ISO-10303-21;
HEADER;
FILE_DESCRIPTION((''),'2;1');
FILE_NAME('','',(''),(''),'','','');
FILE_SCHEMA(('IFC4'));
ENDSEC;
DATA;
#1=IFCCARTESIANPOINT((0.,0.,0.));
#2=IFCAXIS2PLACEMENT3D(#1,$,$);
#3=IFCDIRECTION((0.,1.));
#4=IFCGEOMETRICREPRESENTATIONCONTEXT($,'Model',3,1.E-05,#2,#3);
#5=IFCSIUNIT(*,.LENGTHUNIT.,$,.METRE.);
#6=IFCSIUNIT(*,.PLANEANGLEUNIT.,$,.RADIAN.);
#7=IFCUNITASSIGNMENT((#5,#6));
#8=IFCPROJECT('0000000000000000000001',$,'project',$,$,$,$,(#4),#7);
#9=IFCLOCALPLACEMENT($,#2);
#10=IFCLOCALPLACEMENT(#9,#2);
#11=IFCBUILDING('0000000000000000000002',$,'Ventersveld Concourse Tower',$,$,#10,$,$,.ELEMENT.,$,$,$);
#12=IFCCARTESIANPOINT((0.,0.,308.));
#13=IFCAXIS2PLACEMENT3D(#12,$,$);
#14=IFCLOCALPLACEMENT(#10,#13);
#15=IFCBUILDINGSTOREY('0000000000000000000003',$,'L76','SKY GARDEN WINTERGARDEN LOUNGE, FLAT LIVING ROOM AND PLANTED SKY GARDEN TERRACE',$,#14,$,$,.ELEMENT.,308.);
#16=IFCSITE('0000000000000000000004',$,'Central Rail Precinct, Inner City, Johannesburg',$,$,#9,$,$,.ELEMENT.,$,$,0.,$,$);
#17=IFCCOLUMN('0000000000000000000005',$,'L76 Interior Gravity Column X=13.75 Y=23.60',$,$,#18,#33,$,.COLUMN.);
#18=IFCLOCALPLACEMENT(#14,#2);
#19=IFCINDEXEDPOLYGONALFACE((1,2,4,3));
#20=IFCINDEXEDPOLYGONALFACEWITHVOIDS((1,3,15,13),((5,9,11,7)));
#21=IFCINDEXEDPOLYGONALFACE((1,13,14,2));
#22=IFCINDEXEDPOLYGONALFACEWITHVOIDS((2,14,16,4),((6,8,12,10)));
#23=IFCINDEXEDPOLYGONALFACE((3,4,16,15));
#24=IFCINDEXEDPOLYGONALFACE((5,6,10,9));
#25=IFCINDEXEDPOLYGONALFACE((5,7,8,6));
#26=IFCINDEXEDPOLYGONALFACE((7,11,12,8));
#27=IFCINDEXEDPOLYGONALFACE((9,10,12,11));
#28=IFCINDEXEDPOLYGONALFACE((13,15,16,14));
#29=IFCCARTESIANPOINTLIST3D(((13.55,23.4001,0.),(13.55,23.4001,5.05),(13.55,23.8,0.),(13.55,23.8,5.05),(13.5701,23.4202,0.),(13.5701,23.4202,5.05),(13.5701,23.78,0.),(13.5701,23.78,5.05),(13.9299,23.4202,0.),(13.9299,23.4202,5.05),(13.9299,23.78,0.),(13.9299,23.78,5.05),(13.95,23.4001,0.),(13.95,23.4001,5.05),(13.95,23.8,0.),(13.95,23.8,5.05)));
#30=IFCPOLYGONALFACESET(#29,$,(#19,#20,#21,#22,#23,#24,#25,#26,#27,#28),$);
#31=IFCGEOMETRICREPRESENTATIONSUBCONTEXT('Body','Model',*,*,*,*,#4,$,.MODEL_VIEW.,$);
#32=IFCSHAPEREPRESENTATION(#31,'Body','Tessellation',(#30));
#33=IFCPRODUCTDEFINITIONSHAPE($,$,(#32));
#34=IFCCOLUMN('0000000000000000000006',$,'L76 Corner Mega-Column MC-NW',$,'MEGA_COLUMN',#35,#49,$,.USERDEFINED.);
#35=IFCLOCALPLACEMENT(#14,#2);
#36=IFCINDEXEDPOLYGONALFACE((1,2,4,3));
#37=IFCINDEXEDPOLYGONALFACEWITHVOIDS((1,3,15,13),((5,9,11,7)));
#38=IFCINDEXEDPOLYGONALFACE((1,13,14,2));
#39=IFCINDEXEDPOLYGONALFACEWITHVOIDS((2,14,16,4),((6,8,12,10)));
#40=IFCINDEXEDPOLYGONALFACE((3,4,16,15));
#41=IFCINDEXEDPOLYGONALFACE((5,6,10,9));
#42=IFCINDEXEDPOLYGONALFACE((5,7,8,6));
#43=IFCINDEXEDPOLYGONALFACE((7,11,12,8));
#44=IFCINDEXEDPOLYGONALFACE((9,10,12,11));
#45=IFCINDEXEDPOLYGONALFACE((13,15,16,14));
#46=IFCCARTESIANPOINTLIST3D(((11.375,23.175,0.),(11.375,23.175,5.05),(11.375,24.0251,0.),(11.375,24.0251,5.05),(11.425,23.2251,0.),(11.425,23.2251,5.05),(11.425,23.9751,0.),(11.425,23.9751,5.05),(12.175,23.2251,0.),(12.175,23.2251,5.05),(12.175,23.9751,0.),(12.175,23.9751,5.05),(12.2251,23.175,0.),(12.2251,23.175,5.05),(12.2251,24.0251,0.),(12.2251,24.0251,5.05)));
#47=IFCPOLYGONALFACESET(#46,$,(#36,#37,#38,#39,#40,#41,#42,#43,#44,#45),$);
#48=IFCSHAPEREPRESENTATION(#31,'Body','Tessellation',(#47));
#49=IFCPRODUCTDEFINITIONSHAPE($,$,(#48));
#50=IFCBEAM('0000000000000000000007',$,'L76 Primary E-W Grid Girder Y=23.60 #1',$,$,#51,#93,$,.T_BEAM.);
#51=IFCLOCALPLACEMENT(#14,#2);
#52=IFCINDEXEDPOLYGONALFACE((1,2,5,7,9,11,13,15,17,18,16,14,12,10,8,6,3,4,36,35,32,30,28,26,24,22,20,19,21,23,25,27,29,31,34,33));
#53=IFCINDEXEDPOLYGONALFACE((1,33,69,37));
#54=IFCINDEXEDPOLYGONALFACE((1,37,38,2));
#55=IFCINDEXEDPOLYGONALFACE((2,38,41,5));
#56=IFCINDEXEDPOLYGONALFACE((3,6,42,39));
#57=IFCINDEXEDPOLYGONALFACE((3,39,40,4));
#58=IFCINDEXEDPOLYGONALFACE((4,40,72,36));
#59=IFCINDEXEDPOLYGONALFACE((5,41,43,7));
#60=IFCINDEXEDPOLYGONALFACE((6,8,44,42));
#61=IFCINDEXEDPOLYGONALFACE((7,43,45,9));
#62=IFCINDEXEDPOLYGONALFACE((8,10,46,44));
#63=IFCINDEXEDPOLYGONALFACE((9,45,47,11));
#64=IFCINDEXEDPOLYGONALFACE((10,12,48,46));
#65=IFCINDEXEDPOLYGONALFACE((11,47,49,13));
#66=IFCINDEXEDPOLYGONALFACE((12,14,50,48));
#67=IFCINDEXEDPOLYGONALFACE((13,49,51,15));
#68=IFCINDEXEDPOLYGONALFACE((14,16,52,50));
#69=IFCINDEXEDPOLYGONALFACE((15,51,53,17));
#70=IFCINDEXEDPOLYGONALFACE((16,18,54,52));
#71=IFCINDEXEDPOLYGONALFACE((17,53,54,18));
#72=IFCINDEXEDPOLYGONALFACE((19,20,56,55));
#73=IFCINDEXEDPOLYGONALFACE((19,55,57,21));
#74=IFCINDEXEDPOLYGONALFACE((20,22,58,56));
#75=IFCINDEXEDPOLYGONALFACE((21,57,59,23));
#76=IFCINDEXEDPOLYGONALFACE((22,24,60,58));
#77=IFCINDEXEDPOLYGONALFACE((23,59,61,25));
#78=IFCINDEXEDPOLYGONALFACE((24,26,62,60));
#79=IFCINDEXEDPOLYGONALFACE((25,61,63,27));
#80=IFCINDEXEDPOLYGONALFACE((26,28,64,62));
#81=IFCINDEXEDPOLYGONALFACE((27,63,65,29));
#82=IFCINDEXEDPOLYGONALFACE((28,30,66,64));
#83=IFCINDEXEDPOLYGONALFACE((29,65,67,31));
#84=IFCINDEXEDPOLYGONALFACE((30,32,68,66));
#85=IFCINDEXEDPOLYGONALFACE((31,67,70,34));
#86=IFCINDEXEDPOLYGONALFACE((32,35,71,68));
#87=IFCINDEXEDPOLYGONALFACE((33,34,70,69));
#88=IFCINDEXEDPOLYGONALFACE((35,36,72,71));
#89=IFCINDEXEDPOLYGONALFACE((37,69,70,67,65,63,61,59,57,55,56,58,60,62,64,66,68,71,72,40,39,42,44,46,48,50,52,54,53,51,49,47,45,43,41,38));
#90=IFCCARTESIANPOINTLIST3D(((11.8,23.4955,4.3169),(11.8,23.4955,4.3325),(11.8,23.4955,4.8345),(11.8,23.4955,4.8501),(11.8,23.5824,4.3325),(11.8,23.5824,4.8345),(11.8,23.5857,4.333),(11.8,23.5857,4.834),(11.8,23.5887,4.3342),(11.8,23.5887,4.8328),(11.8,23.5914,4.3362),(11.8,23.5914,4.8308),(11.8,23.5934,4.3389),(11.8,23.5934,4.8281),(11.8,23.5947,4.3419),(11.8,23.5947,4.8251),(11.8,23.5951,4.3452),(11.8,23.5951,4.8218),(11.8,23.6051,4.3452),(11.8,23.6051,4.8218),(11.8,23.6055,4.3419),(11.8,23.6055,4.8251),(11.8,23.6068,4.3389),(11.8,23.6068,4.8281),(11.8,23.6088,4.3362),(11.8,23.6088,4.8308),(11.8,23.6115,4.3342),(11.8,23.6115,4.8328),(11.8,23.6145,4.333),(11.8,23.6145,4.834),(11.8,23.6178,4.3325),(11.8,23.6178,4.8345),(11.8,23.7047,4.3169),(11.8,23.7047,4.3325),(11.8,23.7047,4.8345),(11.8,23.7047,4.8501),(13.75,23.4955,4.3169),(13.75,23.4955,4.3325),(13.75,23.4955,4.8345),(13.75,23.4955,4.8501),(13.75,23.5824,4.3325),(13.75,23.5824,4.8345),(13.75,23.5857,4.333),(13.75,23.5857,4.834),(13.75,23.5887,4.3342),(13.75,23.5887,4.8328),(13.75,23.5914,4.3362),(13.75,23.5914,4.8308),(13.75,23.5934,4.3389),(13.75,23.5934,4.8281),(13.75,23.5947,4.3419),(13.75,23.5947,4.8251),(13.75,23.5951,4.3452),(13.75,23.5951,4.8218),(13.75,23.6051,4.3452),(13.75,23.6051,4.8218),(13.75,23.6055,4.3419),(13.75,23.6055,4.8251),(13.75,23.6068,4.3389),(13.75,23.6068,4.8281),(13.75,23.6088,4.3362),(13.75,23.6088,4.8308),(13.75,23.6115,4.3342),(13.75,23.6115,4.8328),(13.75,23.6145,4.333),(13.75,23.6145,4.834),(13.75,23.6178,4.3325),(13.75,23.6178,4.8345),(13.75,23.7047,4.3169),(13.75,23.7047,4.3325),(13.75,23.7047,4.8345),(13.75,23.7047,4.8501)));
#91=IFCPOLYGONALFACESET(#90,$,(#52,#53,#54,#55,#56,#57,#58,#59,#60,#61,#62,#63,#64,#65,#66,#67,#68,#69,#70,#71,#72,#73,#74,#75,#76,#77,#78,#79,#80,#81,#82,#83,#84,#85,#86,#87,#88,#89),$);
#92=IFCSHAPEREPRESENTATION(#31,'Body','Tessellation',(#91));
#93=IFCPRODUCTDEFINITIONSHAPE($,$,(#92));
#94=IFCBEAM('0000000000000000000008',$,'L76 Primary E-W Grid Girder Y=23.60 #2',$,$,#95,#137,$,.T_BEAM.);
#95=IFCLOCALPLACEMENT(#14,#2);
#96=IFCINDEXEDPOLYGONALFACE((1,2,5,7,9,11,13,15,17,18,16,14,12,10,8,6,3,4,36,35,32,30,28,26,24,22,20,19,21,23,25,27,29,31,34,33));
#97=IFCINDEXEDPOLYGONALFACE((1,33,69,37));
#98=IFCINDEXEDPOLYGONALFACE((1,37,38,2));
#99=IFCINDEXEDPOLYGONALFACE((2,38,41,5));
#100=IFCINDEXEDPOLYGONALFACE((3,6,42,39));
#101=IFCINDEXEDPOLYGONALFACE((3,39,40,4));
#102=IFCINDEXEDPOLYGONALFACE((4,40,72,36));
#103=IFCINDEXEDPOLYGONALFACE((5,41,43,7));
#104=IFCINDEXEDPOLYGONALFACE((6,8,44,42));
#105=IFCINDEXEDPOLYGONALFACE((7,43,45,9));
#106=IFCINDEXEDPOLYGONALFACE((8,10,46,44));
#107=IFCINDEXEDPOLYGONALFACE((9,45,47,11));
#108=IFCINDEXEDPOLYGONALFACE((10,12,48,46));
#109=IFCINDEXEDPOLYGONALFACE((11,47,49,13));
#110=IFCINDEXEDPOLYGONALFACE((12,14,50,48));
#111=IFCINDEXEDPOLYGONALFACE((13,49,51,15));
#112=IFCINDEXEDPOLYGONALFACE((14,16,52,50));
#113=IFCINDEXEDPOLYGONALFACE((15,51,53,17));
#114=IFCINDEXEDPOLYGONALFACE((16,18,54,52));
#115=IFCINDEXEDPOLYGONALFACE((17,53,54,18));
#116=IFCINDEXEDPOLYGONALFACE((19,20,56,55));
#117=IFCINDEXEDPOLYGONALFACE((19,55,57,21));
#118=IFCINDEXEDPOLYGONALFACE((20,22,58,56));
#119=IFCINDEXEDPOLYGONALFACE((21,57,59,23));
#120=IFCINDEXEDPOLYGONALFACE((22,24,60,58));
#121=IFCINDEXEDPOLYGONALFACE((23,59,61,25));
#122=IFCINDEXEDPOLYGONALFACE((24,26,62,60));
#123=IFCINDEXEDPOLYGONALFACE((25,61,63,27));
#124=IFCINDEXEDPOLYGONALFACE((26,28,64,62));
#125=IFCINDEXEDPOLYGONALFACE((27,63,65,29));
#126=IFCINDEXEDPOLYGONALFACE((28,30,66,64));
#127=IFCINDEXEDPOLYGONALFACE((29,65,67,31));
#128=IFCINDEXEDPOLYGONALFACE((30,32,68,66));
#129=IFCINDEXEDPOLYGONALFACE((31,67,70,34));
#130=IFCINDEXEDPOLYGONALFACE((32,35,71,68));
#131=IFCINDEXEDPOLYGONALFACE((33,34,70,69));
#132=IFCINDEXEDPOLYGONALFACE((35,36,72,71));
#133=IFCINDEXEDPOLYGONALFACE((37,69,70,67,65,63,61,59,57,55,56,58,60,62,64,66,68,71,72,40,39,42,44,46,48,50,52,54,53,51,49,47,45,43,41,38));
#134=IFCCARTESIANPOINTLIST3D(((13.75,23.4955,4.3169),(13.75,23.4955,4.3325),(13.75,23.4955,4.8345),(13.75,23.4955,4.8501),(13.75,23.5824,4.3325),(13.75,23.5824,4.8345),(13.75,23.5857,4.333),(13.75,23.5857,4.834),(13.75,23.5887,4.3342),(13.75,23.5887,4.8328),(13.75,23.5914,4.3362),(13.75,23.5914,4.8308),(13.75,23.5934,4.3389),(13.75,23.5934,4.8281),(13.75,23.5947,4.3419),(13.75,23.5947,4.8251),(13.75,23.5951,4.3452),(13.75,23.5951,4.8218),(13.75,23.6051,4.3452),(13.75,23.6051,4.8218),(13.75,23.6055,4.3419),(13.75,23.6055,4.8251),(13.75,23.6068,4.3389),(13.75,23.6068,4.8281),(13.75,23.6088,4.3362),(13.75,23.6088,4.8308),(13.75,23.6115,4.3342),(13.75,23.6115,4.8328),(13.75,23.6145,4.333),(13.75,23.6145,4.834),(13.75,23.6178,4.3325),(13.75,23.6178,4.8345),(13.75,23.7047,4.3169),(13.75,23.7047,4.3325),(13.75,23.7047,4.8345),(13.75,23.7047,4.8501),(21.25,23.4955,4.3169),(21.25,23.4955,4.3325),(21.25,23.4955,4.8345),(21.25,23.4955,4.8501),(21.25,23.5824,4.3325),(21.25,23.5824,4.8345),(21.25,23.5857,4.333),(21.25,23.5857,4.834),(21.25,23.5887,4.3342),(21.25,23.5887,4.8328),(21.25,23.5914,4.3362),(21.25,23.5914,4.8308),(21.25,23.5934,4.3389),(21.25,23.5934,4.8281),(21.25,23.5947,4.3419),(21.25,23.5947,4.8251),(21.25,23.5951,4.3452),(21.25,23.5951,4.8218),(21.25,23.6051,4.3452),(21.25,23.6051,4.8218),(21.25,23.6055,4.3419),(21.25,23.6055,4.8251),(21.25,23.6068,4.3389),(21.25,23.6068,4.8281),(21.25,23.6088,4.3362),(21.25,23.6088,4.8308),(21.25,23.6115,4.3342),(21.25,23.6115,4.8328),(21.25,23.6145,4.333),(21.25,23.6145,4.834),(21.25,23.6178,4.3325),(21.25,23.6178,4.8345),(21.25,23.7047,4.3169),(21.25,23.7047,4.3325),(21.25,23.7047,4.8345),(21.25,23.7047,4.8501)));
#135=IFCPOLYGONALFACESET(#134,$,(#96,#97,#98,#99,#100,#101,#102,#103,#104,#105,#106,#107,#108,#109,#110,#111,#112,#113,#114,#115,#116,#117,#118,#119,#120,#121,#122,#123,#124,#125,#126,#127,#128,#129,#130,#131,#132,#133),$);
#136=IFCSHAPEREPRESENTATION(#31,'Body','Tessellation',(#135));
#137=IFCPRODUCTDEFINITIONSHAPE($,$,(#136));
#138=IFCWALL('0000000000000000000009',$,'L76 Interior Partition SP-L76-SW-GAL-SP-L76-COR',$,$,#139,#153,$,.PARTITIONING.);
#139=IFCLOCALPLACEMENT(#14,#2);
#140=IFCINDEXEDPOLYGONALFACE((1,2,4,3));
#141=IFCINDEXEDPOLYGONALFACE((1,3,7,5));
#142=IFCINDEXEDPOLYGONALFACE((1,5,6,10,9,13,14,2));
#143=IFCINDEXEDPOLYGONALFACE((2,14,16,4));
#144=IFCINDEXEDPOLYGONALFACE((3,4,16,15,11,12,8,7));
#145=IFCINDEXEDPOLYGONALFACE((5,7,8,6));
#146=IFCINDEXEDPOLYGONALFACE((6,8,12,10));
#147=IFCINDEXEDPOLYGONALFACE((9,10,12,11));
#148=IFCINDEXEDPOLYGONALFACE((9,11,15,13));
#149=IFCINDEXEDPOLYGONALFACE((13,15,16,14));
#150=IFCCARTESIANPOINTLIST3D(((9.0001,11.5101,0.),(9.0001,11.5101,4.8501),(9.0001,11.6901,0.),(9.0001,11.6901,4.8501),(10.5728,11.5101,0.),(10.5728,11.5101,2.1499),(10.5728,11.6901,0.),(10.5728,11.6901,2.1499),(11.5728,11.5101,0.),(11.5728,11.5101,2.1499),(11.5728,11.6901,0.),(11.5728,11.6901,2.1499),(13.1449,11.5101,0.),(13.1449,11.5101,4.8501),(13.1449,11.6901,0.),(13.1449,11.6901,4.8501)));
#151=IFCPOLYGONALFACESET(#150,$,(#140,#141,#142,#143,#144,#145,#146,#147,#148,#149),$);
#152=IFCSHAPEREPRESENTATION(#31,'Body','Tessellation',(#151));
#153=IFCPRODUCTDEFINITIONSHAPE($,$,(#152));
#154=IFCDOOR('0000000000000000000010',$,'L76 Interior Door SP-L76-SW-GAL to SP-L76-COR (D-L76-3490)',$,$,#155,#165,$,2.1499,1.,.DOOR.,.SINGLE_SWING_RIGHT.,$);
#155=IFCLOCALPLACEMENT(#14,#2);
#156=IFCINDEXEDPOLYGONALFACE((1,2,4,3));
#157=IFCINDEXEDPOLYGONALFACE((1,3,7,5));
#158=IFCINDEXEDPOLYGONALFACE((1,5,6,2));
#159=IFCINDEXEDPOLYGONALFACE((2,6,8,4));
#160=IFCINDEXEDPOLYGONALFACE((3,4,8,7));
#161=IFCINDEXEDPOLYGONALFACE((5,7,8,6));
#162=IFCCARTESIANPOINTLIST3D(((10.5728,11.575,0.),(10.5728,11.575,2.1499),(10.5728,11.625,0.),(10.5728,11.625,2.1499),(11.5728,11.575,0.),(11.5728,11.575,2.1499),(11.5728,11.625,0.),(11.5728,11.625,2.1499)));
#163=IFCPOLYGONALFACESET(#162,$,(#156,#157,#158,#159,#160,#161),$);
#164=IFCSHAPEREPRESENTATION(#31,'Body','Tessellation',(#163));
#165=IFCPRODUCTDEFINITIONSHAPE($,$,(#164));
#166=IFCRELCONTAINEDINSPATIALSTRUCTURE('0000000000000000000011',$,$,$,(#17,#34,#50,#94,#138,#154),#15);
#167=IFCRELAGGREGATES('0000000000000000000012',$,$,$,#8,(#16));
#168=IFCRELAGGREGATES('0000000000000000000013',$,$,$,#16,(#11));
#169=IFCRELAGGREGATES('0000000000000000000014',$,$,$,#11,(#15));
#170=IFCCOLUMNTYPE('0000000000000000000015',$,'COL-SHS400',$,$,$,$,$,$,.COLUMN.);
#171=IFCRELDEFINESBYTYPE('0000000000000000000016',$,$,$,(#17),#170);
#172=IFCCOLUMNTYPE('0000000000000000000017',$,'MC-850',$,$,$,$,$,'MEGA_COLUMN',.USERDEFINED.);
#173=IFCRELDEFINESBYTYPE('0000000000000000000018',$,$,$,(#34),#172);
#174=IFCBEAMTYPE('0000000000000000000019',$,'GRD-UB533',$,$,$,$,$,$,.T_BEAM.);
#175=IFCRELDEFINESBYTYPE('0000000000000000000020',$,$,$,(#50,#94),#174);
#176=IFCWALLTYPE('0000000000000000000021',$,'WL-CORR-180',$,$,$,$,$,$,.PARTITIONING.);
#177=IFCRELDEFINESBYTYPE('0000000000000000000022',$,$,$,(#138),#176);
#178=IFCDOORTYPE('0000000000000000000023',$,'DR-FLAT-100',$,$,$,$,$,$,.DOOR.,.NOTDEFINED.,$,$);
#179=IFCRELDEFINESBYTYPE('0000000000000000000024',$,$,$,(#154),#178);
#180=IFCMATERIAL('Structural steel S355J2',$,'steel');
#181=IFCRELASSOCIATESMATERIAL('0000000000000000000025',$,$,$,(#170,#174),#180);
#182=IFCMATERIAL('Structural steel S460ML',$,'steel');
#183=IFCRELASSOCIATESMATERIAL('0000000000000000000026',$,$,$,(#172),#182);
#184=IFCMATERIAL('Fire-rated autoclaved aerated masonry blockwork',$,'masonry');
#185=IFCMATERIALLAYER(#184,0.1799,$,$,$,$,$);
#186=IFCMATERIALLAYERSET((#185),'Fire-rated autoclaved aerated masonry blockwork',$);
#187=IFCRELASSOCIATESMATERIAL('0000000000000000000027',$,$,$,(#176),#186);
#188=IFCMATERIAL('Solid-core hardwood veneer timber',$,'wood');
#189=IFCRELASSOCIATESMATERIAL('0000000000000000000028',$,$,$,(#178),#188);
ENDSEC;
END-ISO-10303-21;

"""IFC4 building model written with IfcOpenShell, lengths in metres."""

from ifc_helpers import new_model, si_unit, direction, frame, frame_2d, origin, origin_2d, place, context, subcontext, project, spatial, rectangle, hollow_rectangle, i_section, extrude, material, layer, layer_set, material_profile, profile_set, type_object, element, fill, save


model = new_model("IFC4")

# Units and contexts
model_context = context("Model", 3, precision=1e-05, world=origin(), true_north=direction((0.0, 1.0)))
body_context = subcontext(model_context, "Body", "Model", "MODEL_VIEW")
ifc_project = project(units=[si_unit("LENGTHUNIT", "METRE"), si_unit("PLANEANGLEUNIT", "RADIAN")], contexts=[model_context])

# Site, building, storey
site_placement = place(None, origin())
site = spatial("IfcSite", under=ifc_project, at=site_placement, Name="Central Rail Precinct, Inner City, Johannesburg", CompositionType="ELEMENT", RefElevation=0.0)
building_placement = place(site_placement, origin())
building = spatial("IfcBuilding", under=site, at=building_placement, Name="Ventersveld Concourse Tower", CompositionType="ELEMENT")
storey_placement = place(building_placement, frame((0.0, 0.0, 308.0)))
storey = spatial("IfcBuildingStorey", under=building, at=storey_placement, Name="L76", Description="SKY GARDEN WINTERGARDEN LOUNGE, FLAT LIVING ROOM AND PLANTED SKY GARDEN TERRACE", CompositionType="ELEMENT", Elevation=308.0)

# Columns
ifc_material_1 = material(Name="Structural steel S355J2", Category="steel")
ifc_material_profile_1 = material_profile(ifc_material_1, hollow_rectangle(XDim=0.3999, YDim=0.3999, WallThickness=0.02, at=origin_2d()), Name="SHS 400x400x20")
ifc_profile_set_1 = profile_set([ifc_material_profile_1], Name="Structural steel S355J2")
column_type_1 = type_object("IfcColumnType", Name="COL-SHS400", PredefinedType="COLUMN", material=ifc_profile_set_1)
column_1_placement = place(storey_placement, frame((13.75, 23.6001, 0.0), z_axis=(0.0, 0.0, 1.0), x_axis=(1.0, 0.0, 0.0)))
element("IfcColumn", 1, at=column_1_placement, inside=storey, type_object=column_type_1, Name="L76 Interior Gravity Column X=13.75 Y=23.60", PredefinedType="COLUMN", context=body_context, shape_type="SweptSolid", body=[
    extrude(hollow_rectangle(XDim=0.3999, YDim=0.3999, WallThickness=0.02, at=origin_2d()), origin(), (0.0, 0.0, 1.0), 5.05),
])
ifc_material_2 = material(Name="Structural steel S460ML", Category="steel")
ifc_material_profile_2 = material_profile(ifc_material_2, hollow_rectangle(XDim=0.8501, YDim=0.8501, WallThickness=0.05, at=origin_2d()), Name="BOX 850x850x50")
ifc_profile_set_2 = profile_set([ifc_material_profile_2], Name="Structural steel S460ML")
column_type_2 = type_object("IfcColumnType", Name="MC-850", ElementType="MEGA_COLUMN", PredefinedType="USERDEFINED", material=ifc_profile_set_2)
column_2_placement = place(storey_placement, frame((11.8, 23.6001, 0.0), z_axis=(0.0, 0.0, 1.0), x_axis=(1.0, 0.0, 0.0)))
element("IfcColumn", 2, at=column_2_placement, inside=storey, type_object=column_type_2, Name="L76 Corner Mega-Column MC-NW", ObjectType="MEGA_COLUMN", PredefinedType="USERDEFINED", context=body_context, shape_type="SweptSolid", body=[
    extrude(hollow_rectangle(XDim=0.8501, YDim=0.8501, WallThickness=0.05, at=origin_2d()), origin(), (0.0, 0.0, 1.0), 5.05),
])

# Beams
ifc_material_profile_3 = material_profile(ifc_material_1, i_section(OverallWidth=0.2092, OverallDepth=0.5332, WebThickness=0.01, FlangeThickness=0.0156, FilletRadius=0.0127, at=origin_2d()), Name="UB 533x210x92")
ifc_profile_set_3 = profile_set([ifc_material_profile_3], Name="Structural steel S355J2")
beam_type = type_object("IfcBeamType", Name="GRD-UB533", PredefinedType="T_BEAM", material=ifc_profile_set_3)
beam_1_placement = place(storey_placement, frame((11.8, 23.6001, 4.5835), z_axis=(1.0, 0.0, 0.0), x_axis=(0.0, 1.0, 0.0)))
element("IfcBeam", 3, at=beam_1_placement, inside=storey, type_object=beam_type, Name="L76 Primary E-W Grid Girder Y=23.60 #1", PredefinedType="T_BEAM", context=body_context, shape_type="SweptSolid", body=[
    extrude(i_section(OverallWidth=0.2092, OverallDepth=0.5332, WebThickness=0.01, FlangeThickness=0.0156, FilletRadius=0.0127, at=origin_2d()), origin(), (0.0, 0.0, 1.0), 1.95),
])
beam_2_placement = place(storey_placement, frame((13.75, 23.6001, 4.5835), z_axis=(1.0, 0.0, 0.0), x_axis=(0.0, 1.0, 0.0)))
element("IfcBeam", 4, at=beam_2_placement, inside=storey, type_object=beam_type, Name="L76 Primary E-W Grid Girder Y=23.60 #2", PredefinedType="T_BEAM", context=body_context, shape_type="SweptSolid", body=[
    extrude(i_section(OverallWidth=0.2092, OverallDepth=0.5332, WebThickness=0.01, FlangeThickness=0.0156, FilletRadius=0.0127, at=origin_2d()), origin(), (0.0, 0.0, 1.0), 7.5),
])

# Wall, opening, door
ifc_material_3 = material(Name="Fire-rated autoclaved aerated masonry blockwork", Category="masonry")
ifc_layer_1 = layer(ifc_material_3, 0.1799)
ifc_layer_set_1 = layer_set([ifc_layer_1], Name="Fire-rated autoclaved aerated masonry blockwork")
wall_type_1 = type_object("IfcWallType", Name="WL-CORR-180", PredefinedType="PARTITIONING", material=ifc_layer_set_1)
wall_1_placement = place(storey_placement, frame((9.0002, 11.6001, 0.0), z_axis=(0.0, 0.0, 1.0), x_axis=(1.0, 0.0, 0.0)))
wall_1 = element("IfcWall", 5, at=wall_1_placement, inside=storey, type_object=wall_type_1, Name="L76 Interior Partition SP-L76-SW-GAL-SP-L76-COR", PredefinedType="PARTITIONING", context=body_context, shape_type="SweptSolid", body=[
    extrude(rectangle(XDim=4.1448, YDim=0.1799, at=frame_2d((2.0723, 0.0))), origin(), (0.0, 0.0, 1.0), 4.8501),
])
opening_1_placement = place(wall_1_placement, frame((1.5725, 0.0, 0.0)))
opening_1 = element("IfcOpeningElement", 6, at=opening_1_placement, cuts=wall_1, PredefinedType="OPENING", context=body_context, shape_type="SweptSolid", body=[
    extrude(rectangle(XDim=1.0, YDim=2.1499, at=frame_2d((0.5, 1.075))), frame((0.0, 0.1001, 0.0), z_axis=(0.0, -1.0, 0.0), x_axis=(1.0, 0.0, 0.0)), (0.0, 0.0, 1.0), 0.2),
])
ifc_material_4 = material(Name="Solid-core hardwood veneer timber", Category="wood")
door_type_1 = type_object("IfcDoorType", Name="DR-FLAT-100", OperationType="NOTDEFINED", PredefinedType="DOOR", material=ifc_material_4)
door_1_placement = place(opening_1_placement, origin())
door_1 = element("IfcDoor", 7, at=door_1_placement, inside=storey, type_object=door_type_1, Name="L76 Interior Door SP-L76-SW-GAL to SP-L76-COR (D-L76-3490)", OperationType="SINGLE_SWING_RIGHT", OverallHeight=2.1499, OverallWidth=1.0, PredefinedType="DOOR", context=body_context, shape_type="SweptSolid", body=[
    extrude(rectangle(XDim=1.0, YDim=2.1499, at=frame_2d((0.5, 1.075))), frame((0.0, 0.0249, 0.0), z_axis=(0.0, -1.0, 0.0), x_axis=(1.0, 0.0, 0.0)), (0.0, 0.0, 1.0), 0.05),
])
fill(opening_1, door_1)

save(model, "model.ifc")
